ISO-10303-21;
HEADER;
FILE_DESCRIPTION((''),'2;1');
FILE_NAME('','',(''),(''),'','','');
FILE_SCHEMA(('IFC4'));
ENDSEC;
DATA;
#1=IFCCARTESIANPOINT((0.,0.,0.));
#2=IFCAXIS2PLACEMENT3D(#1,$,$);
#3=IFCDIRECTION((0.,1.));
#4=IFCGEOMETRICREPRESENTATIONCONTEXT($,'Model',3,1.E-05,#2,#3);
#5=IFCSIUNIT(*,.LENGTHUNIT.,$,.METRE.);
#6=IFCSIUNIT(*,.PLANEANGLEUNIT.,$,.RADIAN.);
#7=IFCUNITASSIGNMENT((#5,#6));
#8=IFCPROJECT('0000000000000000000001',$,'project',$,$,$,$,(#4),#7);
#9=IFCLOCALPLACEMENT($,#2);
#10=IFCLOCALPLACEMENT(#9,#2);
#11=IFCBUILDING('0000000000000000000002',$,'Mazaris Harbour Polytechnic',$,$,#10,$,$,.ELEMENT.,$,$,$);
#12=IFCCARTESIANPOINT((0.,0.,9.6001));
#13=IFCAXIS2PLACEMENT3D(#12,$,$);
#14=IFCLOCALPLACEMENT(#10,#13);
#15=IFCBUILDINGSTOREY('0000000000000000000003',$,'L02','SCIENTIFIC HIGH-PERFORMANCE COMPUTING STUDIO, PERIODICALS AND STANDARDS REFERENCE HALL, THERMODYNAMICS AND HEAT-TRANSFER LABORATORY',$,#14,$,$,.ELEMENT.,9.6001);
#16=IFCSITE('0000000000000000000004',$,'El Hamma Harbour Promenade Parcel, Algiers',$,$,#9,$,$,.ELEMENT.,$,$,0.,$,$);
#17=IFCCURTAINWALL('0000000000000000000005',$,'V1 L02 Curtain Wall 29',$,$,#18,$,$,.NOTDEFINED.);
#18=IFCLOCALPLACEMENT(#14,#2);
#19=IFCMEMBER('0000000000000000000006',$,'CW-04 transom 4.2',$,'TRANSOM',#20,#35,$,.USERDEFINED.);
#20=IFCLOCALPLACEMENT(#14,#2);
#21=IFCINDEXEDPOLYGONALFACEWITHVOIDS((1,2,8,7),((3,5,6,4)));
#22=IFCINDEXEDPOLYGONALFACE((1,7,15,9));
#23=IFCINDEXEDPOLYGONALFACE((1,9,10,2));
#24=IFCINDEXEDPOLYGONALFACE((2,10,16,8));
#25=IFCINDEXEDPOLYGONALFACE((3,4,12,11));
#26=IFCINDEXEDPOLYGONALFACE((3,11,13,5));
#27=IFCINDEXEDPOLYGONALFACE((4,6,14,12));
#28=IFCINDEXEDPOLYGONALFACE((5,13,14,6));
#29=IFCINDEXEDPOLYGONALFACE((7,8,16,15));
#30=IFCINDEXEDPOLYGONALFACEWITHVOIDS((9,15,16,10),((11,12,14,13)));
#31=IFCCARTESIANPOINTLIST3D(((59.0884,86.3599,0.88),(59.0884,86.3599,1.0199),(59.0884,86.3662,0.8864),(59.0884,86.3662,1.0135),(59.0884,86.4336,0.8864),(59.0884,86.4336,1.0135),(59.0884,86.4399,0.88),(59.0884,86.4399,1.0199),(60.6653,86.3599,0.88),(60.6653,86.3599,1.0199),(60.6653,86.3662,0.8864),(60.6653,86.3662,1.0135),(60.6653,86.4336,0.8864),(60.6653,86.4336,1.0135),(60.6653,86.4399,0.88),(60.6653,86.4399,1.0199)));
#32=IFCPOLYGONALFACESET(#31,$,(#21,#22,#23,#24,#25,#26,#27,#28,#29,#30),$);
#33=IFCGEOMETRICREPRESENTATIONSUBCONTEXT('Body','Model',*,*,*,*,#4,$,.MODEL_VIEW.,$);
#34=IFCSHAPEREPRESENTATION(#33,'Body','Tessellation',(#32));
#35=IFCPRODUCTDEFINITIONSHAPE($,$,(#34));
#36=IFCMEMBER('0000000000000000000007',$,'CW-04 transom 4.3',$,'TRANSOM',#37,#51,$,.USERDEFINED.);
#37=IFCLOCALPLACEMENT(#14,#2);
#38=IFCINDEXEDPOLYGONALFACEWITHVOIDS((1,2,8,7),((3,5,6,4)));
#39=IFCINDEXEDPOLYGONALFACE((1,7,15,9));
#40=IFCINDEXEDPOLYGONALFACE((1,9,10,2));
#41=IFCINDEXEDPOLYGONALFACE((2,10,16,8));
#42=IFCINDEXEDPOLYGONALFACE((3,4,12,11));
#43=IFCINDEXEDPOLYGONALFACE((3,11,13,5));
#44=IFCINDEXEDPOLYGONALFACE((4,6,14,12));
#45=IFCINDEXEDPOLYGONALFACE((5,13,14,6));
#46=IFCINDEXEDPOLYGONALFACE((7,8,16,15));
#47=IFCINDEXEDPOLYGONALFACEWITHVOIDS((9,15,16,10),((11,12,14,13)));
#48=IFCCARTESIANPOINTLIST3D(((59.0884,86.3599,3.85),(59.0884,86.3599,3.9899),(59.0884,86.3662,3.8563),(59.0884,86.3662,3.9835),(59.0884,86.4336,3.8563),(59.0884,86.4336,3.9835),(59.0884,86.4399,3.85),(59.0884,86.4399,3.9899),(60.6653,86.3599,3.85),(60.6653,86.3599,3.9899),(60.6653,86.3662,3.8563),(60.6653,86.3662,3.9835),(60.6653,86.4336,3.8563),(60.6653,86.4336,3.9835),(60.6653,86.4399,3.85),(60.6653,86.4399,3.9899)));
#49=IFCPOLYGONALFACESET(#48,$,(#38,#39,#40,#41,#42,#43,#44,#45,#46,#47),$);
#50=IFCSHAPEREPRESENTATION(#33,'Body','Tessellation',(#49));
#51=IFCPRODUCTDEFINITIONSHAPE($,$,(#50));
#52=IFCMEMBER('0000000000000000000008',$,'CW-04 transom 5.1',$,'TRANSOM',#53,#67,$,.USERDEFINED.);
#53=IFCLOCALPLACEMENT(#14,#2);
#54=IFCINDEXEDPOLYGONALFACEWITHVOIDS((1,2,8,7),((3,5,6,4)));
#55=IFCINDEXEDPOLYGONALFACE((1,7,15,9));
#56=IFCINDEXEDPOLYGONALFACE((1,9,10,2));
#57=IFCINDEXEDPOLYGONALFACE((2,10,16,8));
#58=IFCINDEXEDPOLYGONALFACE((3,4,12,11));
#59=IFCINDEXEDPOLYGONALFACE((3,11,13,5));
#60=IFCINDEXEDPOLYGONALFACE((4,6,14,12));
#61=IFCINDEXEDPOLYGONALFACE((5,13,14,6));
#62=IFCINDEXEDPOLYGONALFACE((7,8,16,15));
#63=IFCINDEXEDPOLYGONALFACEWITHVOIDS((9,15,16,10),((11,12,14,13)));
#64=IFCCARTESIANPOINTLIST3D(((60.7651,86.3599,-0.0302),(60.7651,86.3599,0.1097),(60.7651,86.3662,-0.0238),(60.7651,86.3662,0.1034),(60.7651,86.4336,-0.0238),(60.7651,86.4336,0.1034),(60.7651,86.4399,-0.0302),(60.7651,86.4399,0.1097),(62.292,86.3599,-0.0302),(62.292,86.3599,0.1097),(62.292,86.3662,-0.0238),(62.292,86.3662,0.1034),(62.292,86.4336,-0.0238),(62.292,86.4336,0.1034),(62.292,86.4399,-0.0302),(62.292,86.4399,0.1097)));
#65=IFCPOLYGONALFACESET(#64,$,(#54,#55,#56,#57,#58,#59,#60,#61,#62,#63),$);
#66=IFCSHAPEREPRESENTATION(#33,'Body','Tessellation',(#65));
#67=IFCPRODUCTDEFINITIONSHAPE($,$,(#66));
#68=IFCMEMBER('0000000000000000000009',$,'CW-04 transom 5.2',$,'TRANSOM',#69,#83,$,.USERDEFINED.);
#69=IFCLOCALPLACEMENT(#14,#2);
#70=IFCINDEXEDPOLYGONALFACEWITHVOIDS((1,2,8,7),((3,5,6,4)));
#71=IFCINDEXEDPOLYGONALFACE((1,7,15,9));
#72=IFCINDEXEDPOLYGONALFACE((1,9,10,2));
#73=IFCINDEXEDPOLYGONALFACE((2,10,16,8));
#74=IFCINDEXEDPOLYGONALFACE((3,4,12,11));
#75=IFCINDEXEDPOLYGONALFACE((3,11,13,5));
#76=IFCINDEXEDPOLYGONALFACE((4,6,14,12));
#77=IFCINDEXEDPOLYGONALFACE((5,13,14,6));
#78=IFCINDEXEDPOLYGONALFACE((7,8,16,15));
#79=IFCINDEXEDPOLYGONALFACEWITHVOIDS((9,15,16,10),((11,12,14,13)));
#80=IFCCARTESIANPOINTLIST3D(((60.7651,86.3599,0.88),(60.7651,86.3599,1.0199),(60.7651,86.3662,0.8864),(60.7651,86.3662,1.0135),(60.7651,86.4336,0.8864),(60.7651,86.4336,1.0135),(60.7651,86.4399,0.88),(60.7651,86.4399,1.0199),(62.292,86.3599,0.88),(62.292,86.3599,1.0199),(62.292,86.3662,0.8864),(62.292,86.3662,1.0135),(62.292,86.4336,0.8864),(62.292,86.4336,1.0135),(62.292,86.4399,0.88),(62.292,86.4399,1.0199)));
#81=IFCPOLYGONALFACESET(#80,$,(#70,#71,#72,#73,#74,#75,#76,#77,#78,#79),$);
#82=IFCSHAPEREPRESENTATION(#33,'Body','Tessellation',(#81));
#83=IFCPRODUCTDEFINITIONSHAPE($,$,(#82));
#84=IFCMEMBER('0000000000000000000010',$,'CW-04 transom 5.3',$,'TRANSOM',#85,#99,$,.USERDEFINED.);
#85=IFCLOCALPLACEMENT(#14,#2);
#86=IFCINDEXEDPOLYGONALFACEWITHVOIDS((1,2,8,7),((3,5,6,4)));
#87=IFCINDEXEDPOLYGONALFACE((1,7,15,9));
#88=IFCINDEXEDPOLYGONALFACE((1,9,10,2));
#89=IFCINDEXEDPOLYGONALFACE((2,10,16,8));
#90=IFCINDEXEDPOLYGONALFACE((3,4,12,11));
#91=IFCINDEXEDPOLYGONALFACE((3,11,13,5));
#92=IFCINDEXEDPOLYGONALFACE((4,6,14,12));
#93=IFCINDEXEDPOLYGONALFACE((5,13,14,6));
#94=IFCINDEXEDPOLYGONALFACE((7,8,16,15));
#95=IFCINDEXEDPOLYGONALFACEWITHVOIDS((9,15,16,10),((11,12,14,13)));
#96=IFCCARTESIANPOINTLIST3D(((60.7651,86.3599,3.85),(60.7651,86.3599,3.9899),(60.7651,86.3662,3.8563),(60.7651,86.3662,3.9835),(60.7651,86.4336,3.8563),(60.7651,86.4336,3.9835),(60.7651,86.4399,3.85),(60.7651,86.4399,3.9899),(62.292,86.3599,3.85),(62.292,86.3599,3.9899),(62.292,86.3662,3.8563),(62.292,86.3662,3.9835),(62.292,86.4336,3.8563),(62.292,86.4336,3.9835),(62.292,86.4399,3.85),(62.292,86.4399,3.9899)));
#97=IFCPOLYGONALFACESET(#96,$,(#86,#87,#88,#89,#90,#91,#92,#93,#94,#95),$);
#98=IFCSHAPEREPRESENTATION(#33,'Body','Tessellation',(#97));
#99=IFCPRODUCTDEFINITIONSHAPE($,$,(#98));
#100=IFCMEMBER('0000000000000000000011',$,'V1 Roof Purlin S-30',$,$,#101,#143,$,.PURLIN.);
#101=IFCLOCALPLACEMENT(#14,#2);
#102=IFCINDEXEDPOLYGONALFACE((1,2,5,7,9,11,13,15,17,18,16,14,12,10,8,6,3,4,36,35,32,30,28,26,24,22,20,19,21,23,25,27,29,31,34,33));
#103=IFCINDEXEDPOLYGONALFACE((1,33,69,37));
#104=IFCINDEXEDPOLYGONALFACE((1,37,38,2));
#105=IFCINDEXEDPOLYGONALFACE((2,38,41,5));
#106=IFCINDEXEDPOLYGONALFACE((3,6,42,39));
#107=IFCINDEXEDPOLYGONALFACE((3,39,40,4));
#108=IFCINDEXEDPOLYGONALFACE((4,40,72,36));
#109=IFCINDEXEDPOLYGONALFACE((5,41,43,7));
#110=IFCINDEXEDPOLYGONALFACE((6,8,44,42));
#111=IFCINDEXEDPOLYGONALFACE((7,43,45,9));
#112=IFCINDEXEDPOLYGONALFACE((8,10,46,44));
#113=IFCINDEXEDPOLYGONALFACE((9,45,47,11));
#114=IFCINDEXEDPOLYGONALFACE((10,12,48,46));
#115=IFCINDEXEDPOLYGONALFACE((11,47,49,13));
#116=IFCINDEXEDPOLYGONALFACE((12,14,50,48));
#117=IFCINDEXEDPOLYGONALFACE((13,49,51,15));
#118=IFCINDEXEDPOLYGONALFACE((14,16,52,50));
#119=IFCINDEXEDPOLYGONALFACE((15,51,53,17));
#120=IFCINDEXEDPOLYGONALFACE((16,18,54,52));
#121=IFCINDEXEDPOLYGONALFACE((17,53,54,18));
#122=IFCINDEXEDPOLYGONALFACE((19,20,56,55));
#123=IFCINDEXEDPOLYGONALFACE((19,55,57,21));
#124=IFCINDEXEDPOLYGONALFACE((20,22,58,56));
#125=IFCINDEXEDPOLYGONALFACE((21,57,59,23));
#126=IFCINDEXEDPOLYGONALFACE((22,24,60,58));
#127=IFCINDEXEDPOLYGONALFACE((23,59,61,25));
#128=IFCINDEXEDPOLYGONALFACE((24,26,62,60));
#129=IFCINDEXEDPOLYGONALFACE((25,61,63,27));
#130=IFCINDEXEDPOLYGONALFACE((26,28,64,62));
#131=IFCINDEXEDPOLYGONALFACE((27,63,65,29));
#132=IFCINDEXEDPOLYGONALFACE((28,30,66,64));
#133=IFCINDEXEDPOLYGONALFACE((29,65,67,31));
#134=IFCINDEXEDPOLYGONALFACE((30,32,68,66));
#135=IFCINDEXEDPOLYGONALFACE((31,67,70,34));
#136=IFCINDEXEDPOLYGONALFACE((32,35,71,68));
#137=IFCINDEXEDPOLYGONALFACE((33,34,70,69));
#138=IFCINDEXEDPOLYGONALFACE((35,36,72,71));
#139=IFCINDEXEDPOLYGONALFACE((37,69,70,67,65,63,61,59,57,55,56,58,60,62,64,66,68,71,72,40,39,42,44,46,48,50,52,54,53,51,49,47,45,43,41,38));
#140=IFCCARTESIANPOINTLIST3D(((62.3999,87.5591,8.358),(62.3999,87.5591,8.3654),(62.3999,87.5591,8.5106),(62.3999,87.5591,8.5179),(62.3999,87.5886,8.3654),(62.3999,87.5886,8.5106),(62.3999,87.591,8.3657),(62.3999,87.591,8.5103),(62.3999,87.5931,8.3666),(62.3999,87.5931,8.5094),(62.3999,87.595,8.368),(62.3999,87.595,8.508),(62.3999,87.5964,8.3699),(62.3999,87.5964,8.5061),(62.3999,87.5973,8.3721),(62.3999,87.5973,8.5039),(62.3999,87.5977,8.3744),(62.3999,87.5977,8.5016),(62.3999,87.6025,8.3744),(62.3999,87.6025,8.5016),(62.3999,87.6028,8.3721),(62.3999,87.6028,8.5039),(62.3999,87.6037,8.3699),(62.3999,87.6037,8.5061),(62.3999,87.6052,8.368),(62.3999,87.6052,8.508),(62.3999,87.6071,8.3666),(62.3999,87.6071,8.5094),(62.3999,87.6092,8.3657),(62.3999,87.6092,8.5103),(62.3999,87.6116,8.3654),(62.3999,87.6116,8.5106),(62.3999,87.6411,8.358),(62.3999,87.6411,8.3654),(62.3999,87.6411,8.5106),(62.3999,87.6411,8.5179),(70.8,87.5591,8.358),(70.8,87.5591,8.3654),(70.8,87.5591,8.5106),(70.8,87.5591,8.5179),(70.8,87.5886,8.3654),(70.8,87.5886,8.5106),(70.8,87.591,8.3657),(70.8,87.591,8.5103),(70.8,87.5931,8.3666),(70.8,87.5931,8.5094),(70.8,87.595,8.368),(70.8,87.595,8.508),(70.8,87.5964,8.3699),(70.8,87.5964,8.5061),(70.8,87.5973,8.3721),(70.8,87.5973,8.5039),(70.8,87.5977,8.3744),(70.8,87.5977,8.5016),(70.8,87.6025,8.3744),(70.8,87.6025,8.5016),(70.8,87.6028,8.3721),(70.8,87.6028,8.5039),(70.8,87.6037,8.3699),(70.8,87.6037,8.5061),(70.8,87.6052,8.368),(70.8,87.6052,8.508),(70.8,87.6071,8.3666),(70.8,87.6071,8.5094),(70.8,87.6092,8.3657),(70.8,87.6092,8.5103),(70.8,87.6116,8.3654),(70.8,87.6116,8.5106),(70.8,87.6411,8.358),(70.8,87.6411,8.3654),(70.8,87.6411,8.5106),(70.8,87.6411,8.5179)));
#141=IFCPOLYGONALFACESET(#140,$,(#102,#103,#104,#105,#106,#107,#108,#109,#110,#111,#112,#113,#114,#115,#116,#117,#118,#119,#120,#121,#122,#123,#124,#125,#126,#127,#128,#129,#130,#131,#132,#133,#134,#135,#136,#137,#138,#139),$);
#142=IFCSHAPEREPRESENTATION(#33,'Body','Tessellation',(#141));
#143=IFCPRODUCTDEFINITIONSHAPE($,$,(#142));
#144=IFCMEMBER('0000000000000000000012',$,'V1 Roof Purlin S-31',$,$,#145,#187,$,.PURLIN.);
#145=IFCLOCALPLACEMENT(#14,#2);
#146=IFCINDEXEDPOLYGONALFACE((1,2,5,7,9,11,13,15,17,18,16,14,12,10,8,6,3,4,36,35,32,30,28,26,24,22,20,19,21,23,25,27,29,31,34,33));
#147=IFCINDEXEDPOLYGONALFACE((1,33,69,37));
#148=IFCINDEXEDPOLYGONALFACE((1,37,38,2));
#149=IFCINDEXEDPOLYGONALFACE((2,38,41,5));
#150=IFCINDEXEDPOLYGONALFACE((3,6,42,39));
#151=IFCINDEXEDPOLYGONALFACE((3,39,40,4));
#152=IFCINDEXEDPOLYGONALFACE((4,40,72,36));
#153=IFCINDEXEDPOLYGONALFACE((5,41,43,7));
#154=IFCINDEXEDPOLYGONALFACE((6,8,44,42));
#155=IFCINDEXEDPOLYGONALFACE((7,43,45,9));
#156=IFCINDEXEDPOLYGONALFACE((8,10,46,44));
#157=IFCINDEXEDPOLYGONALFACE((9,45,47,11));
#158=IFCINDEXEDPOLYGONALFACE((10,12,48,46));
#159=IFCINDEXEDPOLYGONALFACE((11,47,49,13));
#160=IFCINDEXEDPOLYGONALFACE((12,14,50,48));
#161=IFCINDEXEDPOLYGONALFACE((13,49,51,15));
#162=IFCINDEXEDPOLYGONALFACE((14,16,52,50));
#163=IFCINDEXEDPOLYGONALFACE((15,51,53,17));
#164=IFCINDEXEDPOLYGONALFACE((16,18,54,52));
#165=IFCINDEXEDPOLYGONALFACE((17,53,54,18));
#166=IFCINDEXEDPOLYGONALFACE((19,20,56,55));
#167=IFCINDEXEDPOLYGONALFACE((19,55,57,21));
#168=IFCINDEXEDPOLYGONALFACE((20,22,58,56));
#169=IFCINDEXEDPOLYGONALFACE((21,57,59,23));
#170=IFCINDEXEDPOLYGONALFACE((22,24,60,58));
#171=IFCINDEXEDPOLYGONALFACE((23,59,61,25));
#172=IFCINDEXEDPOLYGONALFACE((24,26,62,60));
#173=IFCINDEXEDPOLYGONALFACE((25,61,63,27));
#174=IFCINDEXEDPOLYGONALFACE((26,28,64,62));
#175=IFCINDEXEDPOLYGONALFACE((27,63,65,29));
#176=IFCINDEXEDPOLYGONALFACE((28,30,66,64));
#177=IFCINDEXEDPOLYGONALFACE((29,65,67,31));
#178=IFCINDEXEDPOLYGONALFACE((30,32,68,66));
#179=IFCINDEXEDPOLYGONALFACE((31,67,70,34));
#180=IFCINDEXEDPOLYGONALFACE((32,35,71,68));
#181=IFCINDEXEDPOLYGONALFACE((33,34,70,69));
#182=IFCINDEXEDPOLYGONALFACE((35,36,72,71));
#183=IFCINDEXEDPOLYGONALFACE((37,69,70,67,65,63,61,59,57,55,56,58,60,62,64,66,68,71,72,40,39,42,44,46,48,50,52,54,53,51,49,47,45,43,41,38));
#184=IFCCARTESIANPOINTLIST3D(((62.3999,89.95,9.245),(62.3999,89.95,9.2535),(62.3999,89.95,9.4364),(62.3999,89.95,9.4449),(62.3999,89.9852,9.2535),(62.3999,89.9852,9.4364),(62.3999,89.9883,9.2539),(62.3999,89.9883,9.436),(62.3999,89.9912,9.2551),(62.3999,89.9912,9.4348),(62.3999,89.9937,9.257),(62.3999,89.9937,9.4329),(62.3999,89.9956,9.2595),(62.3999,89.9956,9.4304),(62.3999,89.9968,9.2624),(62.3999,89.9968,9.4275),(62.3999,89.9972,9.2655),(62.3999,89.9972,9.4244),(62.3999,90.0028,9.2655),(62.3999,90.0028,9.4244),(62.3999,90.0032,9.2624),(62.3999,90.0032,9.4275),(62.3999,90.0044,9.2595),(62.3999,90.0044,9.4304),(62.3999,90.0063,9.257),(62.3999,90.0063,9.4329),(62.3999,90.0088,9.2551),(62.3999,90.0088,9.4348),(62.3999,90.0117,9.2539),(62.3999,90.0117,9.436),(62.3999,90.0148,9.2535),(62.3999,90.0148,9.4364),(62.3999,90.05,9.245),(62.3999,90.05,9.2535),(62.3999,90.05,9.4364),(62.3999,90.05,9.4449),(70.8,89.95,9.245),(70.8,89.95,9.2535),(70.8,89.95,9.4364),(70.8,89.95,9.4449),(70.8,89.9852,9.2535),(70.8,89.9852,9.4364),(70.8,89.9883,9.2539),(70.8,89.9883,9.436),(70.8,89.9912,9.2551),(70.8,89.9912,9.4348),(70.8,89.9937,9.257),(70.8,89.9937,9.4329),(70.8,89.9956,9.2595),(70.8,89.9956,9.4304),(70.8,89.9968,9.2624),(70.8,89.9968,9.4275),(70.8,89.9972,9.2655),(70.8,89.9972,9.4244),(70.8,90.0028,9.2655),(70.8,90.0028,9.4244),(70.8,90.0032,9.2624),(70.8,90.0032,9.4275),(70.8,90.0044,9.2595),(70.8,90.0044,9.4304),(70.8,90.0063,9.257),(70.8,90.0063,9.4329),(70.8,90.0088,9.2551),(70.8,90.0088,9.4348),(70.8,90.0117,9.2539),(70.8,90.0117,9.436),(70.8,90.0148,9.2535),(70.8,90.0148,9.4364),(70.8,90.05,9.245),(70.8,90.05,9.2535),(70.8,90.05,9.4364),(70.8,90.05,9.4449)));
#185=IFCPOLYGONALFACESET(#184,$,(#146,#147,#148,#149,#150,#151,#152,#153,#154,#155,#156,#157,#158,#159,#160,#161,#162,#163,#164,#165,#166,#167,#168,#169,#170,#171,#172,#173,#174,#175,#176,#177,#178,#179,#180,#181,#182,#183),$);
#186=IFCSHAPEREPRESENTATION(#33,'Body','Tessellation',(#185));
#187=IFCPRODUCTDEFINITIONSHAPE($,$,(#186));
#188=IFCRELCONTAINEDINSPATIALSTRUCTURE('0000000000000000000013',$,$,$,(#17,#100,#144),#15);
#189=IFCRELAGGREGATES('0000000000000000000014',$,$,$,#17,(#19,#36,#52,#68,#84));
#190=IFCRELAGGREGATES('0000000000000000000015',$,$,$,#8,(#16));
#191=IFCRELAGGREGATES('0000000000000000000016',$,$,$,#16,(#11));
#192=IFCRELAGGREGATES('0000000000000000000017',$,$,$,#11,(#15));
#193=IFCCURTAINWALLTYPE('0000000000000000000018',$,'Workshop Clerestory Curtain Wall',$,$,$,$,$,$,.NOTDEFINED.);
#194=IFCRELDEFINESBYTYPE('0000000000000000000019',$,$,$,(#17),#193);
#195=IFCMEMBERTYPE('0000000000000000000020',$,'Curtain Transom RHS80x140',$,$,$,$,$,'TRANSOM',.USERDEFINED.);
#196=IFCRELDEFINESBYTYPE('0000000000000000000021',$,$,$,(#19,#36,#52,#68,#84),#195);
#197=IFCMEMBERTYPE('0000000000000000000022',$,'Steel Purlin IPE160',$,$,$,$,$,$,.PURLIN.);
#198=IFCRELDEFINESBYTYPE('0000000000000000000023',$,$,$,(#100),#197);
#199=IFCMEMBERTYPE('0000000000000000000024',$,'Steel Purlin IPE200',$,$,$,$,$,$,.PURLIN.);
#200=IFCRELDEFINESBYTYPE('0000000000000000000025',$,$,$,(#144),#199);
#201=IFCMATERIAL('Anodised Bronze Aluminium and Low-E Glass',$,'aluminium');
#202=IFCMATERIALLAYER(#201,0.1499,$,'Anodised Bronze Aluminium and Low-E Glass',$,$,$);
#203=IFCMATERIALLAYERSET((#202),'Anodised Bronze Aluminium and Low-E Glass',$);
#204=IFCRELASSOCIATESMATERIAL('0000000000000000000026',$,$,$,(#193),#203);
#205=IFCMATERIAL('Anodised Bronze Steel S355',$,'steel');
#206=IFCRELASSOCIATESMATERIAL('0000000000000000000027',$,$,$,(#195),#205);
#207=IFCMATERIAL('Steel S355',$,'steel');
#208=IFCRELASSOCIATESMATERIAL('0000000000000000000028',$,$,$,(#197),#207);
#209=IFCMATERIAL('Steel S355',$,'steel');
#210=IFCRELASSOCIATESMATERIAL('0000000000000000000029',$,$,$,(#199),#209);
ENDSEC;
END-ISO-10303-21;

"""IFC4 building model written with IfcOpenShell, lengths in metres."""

from ifc_helpers import new_model, si_unit, direction, frame, origin, origin_2d, place, context, subcontext, project, spatial, hollow_rectangle, i_section, extrude, material, layer, layer_set, material_profile, profile_set, type_object, element, aggregate, save


model = new_model("IFC4")

# Units and contexts
model_context = context("Model", 3, precision=1e-05, world=origin(), true_north=direction((0.0, 1.0)))
body_context = subcontext(model_context, "Body", "Model", "MODEL_VIEW")
ifc_project = project(units=[si_unit("LENGTHUNIT", "METRE"), si_unit("PLANEANGLEUNIT", "RADIAN")], contexts=[model_context])

# Site, building, storey
site_placement = place(None, origin())
site = spatial("IfcSite", under=ifc_project, at=site_placement, Name="El Hamma Harbour Promenade Parcel, Algiers", CompositionType="ELEMENT", RefElevation=0.0)
building_placement = place(site_placement, origin())
building = spatial("IfcBuilding", under=site, at=building_placement, Name="Mazaris Harbour Polytechnic", CompositionType="ELEMENT")
storey_placement = place(building_placement, frame((0.0, 0.0, 9.6001)))
storey = spatial("IfcBuildingStorey", under=building, at=storey_placement, Name="L02", Description="SCIENTIFIC HIGH-PERFORMANCE COMPUTING STUDIO, PERIODICALS AND STANDARDS REFERENCE HALL, THERMODYNAMICS AND HEAT-TRANSFER LABORATORY", CompositionType="ELEMENT", Elevation=9.6001)

# Curtain wall, members
ifc_material_1 = material(Name="Anodised Bronze Aluminium and Low-E Glass", Category="aluminium")
ifc_layer_1 = layer(ifc_material_1, 0.1499, Name="Anodised Bronze Aluminium and Low-E Glass")
ifc_layer_set_1 = layer_set([ifc_layer_1], Name="Anodised Bronze Aluminium and Low-E Glass")
curtain_wall_type = type_object("IfcCurtainWallType", Name="Workshop Clerestory Curtain Wall", PredefinedType="NOTDEFINED", material=ifc_layer_set_1)
curtain_wall_1_placement = place(storey_placement, origin())
curtain_wall_1 = element("IfcCurtainWall", 1, at=curtain_wall_1_placement, inside=storey, type_object=curtain_wall_type, Name="V1 L02 Curtain Wall 29", PredefinedType="NOTDEFINED")
ifc_material_2 = material(Name="Anodised Bronze Steel S355", Category="steel")
ifc_material_profile_1 = material_profile(ifc_material_2, hollow_rectangle(XDim=0.0801, YDim=0.1399, WallThickness=0.0063, at=origin_2d()), Name="RHS 80x140x6.3")
ifc_profile_set_1 = profile_set([ifc_material_profile_1], Name="Anodised Bronze Steel S355")
member_type_1 = type_object("IfcMemberType", Name="Curtain Transom RHS80x140", ElementType="TRANSOM", PredefinedType="USERDEFINED", material=ifc_profile_set_1)
member_1_placement = place(storey_placement, frame((59.0884, 86.3999, 0.95), z_axis=(1.0, 0.0, 0.0), x_axis=(0.0, 1.0, 0.0)))
member_1 = element("IfcMember", 2, at=member_1_placement, type_object=member_type_1, Name="CW-04 transom 4.2", ObjectType="TRANSOM", PredefinedType="USERDEFINED", context=body_context, shape_type="SweptSolid", body=[
    extrude(hollow_rectangle(XDim=0.0801, YDim=0.1399, WallThickness=0.0063, at=origin_2d()), origin(), (0.0, 0.0, 1.0), 1.5769),
])
member_2_placement = place(storey_placement, frame((59.0884, 86.3999, 3.9199), z_axis=(1.0, 0.0, 0.0), x_axis=(0.0, 1.0, 0.0)))
member_2 = element("IfcMember", 3, at=member_2_placement, type_object=member_type_1, Name="CW-04 transom 4.3", ObjectType="TRANSOM", PredefinedType="USERDEFINED", context=body_context, shape_type="SweptSolid", body=[
    extrude(hollow_rectangle(XDim=0.0801, YDim=0.1399, WallThickness=0.0063, at=origin_2d()), origin(), (0.0, 0.0, 1.0), 1.5769),
])
member_3_placement = place(storey_placement, frame((60.7651, 86.3999, 0.0398), z_axis=(1.0, 0.0, 0.0), x_axis=(0.0, 1.0, 0.0)))
member_3 = element("IfcMember", 4, at=member_3_placement, type_object=member_type_1, Name="CW-04 transom 5.1", ObjectType="TRANSOM", PredefinedType="USERDEFINED", context=body_context, shape_type="SweptSolid", body=[
    extrude(hollow_rectangle(XDim=0.0801, YDim=0.1399, WallThickness=0.0063, at=origin_2d()), origin(), (0.0, 0.0, 1.0), 1.5269),
])
member_4_placement = place(storey_placement, frame((60.7651, 86.3999, 0.95), z_axis=(1.0, 0.0, 0.0), x_axis=(0.0, 1.0, 0.0)))
member_4 = element("IfcMember", 5, at=member_4_placement, type_object=member_type_1, Name="CW-04 transom 5.2", ObjectType="TRANSOM", PredefinedType="USERDEFINED", context=body_context, shape_type="SweptSolid", body=[
    extrude(hollow_rectangle(XDim=0.0801, YDim=0.1399, WallThickness=0.0063, at=origin_2d()), origin(), (0.0, 0.0, 1.0), 1.5269),
])
member_5_placement = place(storey_placement, frame((60.7651, 86.3999, 3.9199), z_axis=(1.0, 0.0, 0.0), x_axis=(0.0, 1.0, 0.0)))
member_5 = element("IfcMember", 6, at=member_5_placement, type_object=member_type_1, Name="CW-04 transom 5.3", ObjectType="TRANSOM", PredefinedType="USERDEFINED", context=body_context, shape_type="SweptSolid", body=[
    extrude(hollow_rectangle(XDim=0.0801, YDim=0.1399, WallThickness=0.0063, at=origin_2d()), origin(), (0.0, 0.0, 1.0), 1.5269),
])

# Members
ifc_material_3 = material(Name="Steel S355", Category="steel")
ifc_material_profile_2 = material_profile(ifc_material_3, i_section(OverallWidth=0.082, OverallDepth=0.1599, WebThickness=0.0049, FlangeThickness=0.0073, FilletRadius=0.009, at=origin_2d()), Name="IPE 160")
ifc_profile_set_2 = profile_set([ifc_material_profile_2], Name="Steel S355")
member_type_2 = type_object("IfcMemberType", Name="Steel Purlin IPE160", PredefinedType="PURLIN", material=ifc_profile_set_2)
member_6_placement = place(storey_placement, frame((62.3999, 87.6001, 8.438), z_axis=(1.0, 0.0, 0.0), x_axis=(0.0, 1.0, 0.0)))
element("IfcMember", 7, at=member_6_placement, inside=storey, type_object=member_type_2, Name="V1 Roof Purlin S-30", PredefinedType="PURLIN", context=body_context, shape_type="SweptSolid", body=[
    extrude(i_section(OverallWidth=0.082, OverallDepth=0.1599, WebThickness=0.0049, FlangeThickness=0.0073, FilletRadius=0.009, at=origin_2d()), origin(), (0.0, 0.0, 1.0), 8.4001),
])
ifc_material_4 = material(Name="Steel S355", Category="steel")
ifc_material_profile_3 = material_profile(ifc_material_4, i_section(OverallWidth=0.1001, OverallDepth=0.2, WebThickness=0.0056, FlangeThickness=0.0085, FilletRadius=0.012, at=origin_2d()), Name="IPE 200")
ifc_profile_set_3 = profile_set([ifc_material_profile_3], Name="Steel S355")
member_type_3 = type_object("IfcMemberType", Name="Steel Purlin IPE200", PredefinedType="PURLIN", material=ifc_profile_set_3)
member_7_placement = place(storey_placement, frame((62.3999, 90.0, 9.345), z_axis=(1.0, 0.0, 0.0), x_axis=(0.0, 1.0, 0.0)))
element("IfcMember", 8, at=member_7_placement, inside=storey, type_object=member_type_3, Name="V1 Roof Purlin S-31", PredefinedType="PURLIN", context=body_context, shape_type="SweptSolid", body=[
    extrude(i_section(OverallWidth=0.1001, OverallDepth=0.2, WebThickness=0.0056, FlangeThickness=0.0085, FilletRadius=0.012, at=origin_2d()), origin(), (0.0, 0.0, 1.0), 8.4001),
])

aggregate(curtain_wall_1, [member_1, member_2, member_3, member_4, member_5])

save(model, "model.ifc")
